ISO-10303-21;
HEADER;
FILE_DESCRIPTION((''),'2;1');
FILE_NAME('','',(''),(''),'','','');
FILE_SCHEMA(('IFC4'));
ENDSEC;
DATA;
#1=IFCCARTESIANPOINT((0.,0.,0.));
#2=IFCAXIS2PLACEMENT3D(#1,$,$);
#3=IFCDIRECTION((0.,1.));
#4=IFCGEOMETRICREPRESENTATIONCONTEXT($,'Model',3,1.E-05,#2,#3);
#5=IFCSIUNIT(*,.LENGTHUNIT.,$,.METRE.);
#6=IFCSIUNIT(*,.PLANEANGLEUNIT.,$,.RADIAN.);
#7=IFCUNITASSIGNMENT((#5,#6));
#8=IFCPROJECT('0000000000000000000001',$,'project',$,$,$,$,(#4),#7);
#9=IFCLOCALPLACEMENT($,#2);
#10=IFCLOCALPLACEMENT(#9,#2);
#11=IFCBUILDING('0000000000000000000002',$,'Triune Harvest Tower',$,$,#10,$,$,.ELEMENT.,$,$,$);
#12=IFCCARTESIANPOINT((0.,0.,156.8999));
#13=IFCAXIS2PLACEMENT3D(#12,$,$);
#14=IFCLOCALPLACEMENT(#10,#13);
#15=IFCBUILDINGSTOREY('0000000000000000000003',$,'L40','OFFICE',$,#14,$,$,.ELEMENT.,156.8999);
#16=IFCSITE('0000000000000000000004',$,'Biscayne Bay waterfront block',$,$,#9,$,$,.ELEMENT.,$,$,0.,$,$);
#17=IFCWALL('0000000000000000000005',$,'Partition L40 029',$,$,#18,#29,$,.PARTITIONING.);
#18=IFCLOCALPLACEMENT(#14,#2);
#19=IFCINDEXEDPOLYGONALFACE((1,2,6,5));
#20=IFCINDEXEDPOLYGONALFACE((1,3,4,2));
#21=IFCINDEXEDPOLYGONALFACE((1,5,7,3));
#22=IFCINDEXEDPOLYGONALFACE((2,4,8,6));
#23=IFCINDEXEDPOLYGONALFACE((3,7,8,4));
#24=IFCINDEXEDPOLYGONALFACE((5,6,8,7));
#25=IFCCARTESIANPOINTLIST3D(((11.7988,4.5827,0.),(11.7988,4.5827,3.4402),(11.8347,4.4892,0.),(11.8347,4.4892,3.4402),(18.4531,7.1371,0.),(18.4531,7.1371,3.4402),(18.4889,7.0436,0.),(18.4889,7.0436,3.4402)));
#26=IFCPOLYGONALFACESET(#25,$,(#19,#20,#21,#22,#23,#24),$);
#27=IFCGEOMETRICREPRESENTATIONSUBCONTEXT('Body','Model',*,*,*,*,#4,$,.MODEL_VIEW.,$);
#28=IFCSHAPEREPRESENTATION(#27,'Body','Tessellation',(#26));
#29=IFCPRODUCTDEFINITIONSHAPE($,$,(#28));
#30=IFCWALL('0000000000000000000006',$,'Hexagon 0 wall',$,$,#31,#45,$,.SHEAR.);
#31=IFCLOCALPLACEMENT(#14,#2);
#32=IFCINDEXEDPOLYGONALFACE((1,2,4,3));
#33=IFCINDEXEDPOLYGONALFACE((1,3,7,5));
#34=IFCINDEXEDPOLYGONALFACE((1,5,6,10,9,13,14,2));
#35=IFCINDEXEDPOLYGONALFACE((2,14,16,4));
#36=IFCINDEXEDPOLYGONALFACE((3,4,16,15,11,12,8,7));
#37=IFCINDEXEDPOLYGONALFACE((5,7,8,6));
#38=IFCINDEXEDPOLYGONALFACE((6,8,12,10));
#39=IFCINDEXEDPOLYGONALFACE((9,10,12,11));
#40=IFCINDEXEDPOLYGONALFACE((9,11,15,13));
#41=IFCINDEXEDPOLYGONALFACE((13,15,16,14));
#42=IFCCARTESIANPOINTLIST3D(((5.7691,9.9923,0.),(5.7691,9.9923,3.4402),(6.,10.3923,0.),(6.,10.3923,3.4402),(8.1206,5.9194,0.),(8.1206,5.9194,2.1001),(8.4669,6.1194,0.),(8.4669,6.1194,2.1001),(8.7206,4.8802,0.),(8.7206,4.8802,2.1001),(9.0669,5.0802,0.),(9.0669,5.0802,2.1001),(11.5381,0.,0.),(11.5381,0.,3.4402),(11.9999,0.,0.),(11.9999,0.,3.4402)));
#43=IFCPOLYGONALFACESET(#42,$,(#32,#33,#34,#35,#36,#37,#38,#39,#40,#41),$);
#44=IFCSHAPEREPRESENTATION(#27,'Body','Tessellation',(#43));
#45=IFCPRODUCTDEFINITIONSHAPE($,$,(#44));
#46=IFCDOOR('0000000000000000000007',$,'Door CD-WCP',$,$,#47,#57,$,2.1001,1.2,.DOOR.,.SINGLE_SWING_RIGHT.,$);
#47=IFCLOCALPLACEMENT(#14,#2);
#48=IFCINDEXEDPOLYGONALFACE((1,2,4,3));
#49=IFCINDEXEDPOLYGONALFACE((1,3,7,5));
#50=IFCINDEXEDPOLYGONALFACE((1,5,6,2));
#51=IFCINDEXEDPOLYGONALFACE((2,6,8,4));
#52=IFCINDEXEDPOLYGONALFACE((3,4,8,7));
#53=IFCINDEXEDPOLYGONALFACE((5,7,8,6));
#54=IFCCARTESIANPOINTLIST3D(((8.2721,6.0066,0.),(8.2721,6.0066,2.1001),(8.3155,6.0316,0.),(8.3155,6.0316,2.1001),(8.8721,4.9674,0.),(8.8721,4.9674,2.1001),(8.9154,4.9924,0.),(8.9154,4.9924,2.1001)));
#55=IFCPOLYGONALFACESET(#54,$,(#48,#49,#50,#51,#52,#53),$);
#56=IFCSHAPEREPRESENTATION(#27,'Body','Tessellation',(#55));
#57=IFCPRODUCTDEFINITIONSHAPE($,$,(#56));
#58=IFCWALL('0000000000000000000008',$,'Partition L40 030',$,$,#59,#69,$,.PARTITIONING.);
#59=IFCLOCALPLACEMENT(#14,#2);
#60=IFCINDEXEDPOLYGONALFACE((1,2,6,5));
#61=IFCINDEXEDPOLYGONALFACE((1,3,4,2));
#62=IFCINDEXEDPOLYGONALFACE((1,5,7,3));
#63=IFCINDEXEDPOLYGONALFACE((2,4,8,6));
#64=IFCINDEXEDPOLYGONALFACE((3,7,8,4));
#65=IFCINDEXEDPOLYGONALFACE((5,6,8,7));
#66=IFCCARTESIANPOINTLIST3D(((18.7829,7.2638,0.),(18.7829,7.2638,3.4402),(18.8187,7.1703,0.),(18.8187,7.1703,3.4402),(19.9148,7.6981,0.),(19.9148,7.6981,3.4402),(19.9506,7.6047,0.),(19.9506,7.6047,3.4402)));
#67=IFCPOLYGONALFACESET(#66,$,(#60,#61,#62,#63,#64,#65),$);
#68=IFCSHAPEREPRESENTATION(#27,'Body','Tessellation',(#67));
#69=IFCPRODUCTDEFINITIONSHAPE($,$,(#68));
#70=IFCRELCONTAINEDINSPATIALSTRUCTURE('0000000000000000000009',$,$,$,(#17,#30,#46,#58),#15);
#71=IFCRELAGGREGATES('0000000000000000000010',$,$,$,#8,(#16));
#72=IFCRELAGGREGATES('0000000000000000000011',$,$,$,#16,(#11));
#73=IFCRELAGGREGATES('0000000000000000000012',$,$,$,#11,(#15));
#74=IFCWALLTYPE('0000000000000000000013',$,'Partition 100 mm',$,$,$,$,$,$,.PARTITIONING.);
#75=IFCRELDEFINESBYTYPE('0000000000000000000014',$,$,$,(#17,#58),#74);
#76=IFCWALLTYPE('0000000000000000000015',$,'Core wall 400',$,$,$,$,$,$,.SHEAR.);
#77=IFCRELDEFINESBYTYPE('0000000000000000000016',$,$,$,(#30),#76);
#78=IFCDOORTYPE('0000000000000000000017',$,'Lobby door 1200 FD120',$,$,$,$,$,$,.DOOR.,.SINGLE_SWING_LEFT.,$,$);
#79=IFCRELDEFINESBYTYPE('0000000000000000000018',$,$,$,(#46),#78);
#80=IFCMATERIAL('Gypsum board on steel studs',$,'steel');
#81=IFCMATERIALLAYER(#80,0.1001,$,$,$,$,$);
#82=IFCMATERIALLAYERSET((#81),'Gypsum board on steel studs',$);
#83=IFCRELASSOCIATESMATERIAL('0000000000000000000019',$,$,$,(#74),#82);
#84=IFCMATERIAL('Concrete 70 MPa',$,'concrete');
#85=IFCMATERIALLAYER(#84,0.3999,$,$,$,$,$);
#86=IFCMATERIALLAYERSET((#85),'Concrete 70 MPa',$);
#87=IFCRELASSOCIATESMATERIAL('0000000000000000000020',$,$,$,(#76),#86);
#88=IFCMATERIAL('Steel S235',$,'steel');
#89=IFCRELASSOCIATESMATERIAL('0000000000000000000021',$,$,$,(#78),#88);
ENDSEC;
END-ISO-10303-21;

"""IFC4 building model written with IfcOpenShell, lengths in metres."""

from ifc_helpers import new_model, si_unit, direction, frame, frame_2d, origin, place, context, subcontext, project, spatial, polyline, rectangle, outline, extrude, source, transform, mapped, material, layer, layer_set, type_object, element, fill, save


model = new_model("IFC4")

# Units and contexts
model_context = context("Model", 3, precision=1e-05, world=origin(), true_north=direction((0.0, 1.0)))
body_context = subcontext(model_context, "Body", "Model", "MODEL_VIEW")
ifc_project = project(units=[si_unit("LENGTHUNIT", "METRE"), si_unit("PLANEANGLEUNIT", "RADIAN")], contexts=[model_context])

# Site, building, storey
site_placement = place(None, origin())
site = spatial("IfcSite", under=ifc_project, at=site_placement, Name="Biscayne Bay waterfront block", CompositionType="ELEMENT", RefElevation=0.0)
building_placement = place(site_placement, origin())
building = spatial("IfcBuilding", under=site, at=building_placement, Name="Triune Harvest Tower", CompositionType="ELEMENT")
storey_placement = place(building_placement, frame((0.0, 0.0, 156.8999)))
storey = spatial("IfcBuildingStorey", under=building, at=storey_placement, Name="L40", Description="OFFICE", CompositionType="ELEMENT", Elevation=156.8999)

# Wall
ifc_material_1 = material(Name="Gypsum board on steel studs", Category="steel")
ifc_layer_1 = layer(ifc_material_1, 0.1001)
ifc_layer_set_1 = layer_set([ifc_layer_1], Name="Gypsum board on steel studs")
wall_type_1 = type_object("IfcWallType", Name="Partition 100 mm", PredefinedType="PARTITIONING", material=ifc_layer_set_1)
wall_1_placement = place(storey_placement, frame((11.8167, 4.5359, 0.0), z_axis=(0.0, 0.0, 1.0), x_axis=(0.933576, 0.35838, 0.0)))
element("IfcWall", 1, at=wall_1_placement, inside=storey, type_object=wall_type_1, Name="Partition L40 029", PredefinedType="PARTITIONING", context=body_context, shape_type="SweptSolid", body=[
    extrude(rectangle(XDim=7.1277, YDim=0.1001, at=frame_2d((3.564, 0.0))), origin(), (0.0, 0.0, 1.0), 3.4402),
])

# Wall, opening, door
ifc_material_2 = material(Name="Concrete 70 MPa", Category="concrete")
ifc_layer_2 = layer(ifc_material_2, 0.3999)
ifc_layer_set_2 = layer_set([ifc_layer_2], Name="Concrete 70 MPa")
wall_type_2 = type_object("IfcWallType", Name="Core wall 400", PredefinedType="SHEAR", material=ifc_layer_set_2)
shared_shape_1 = source(origin(), body_context, "Body", "SweptSolid", [
    extrude(outline(polyline([(-0.1155, -0.2), (11.8845, -0.2), (11.6536, 0.2), (0.1155, 0.2), (-0.1155, -0.2)])), origin(), (0.0, 0.0, 1.0), 3.4402),
])
wall_2_placement = place(storey_placement, frame((11.769, 0.0, 0.0), z_axis=(0.0, 0.0, 1.0), x_axis=(-0.499997, 0.866027, 0.0)))
wall_2 = element("IfcWall", 2, at=wall_2_placement, inside=storey, type_object=wall_type_2, Name="Hexagon 0 wall", PredefinedType="SHEAR", context=body_context, shape_type="MappedRepresentation", body=[
    mapped(shared_shape_1, transform((0.0, 0.0, 0.0), scale=1.0)),
])
opening_placement = place(wall_2_placement, frame((5.7505, 0.0, 0.0)))
opening = element("IfcOpeningElement", 3, at=opening_placement, cuts=wall_2, PredefinedType="OPENING", context=body_context, shape_type="SweptSolid", body=[
    extrude(rectangle(XDim=1.2, YDim=2.1001, at=frame_2d((0.6001, 1.05))), frame((0.0, 0.21, 0.0), z_axis=(0.0, -1.0, 0.0), x_axis=(1.0, 0.0, 0.0)), (0.0, 0.0, 1.0), 0.4199),
])
ifc_material_3 = material(Name="Steel S235", Category="steel")
door_type = type_object("IfcDoorType", Name="Lobby door 1200 FD120", OperationType="SINGLE_SWING_LEFT", PredefinedType="DOOR", material=ifc_material_3)
door_placement = place(opening_placement, frame((1.2, 0.0, 0.0), z_axis=(0.0, 0.0, 1.0), x_axis=(-1.0, 0.0, 0.0)))
door = element("IfcDoor", 4, at=door_placement, inside=storey, type_object=door_type, Name="Door CD-WCP", OperationType="SINGLE_SWING_RIGHT", OverallHeight=2.1001, OverallWidth=1.2, PredefinedType="DOOR", context=body_context, shape_type="SweptSolid", body=[
    extrude(rectangle(XDim=1.2, YDim=2.1001, at=frame_2d((0.6001, 1.05))), frame((0.0, 0.0249, 0.0), z_axis=(0.0, -1.0, 0.0), x_axis=(1.0, 0.0, 0.0)), (0.0, 0.0, 1.0), 0.05),
])
fill(opening, door)

# Wall
shared_shape_2 = source(origin(), body_context, "Body", "SweptSolid", [
    extrude(rectangle(XDim=1.2124, YDim=0.1001, at=frame_2d((0.6062, 0.0))), origin(), (0.0, 0.0, 1.0), 3.4402),
])
wall_3_placement = place(storey_placement, frame((18.8008, 7.217, 0.0), z_axis=(0.0, 0.0, 1.0), x_axis=(0.93362, 0.358264, 0.0)))
element("IfcWall", 5, at=wall_3_placement, inside=storey, type_object=wall_type_1, Name="Partition L40 030", PredefinedType="PARTITIONING", context=body_context, shape_type="MappedRepresentation", body=[
    mapped(shared_shape_2, transform((0.0, 0.0, 0.0), scale=1.0)),
])

save(model, "model.ifc")
